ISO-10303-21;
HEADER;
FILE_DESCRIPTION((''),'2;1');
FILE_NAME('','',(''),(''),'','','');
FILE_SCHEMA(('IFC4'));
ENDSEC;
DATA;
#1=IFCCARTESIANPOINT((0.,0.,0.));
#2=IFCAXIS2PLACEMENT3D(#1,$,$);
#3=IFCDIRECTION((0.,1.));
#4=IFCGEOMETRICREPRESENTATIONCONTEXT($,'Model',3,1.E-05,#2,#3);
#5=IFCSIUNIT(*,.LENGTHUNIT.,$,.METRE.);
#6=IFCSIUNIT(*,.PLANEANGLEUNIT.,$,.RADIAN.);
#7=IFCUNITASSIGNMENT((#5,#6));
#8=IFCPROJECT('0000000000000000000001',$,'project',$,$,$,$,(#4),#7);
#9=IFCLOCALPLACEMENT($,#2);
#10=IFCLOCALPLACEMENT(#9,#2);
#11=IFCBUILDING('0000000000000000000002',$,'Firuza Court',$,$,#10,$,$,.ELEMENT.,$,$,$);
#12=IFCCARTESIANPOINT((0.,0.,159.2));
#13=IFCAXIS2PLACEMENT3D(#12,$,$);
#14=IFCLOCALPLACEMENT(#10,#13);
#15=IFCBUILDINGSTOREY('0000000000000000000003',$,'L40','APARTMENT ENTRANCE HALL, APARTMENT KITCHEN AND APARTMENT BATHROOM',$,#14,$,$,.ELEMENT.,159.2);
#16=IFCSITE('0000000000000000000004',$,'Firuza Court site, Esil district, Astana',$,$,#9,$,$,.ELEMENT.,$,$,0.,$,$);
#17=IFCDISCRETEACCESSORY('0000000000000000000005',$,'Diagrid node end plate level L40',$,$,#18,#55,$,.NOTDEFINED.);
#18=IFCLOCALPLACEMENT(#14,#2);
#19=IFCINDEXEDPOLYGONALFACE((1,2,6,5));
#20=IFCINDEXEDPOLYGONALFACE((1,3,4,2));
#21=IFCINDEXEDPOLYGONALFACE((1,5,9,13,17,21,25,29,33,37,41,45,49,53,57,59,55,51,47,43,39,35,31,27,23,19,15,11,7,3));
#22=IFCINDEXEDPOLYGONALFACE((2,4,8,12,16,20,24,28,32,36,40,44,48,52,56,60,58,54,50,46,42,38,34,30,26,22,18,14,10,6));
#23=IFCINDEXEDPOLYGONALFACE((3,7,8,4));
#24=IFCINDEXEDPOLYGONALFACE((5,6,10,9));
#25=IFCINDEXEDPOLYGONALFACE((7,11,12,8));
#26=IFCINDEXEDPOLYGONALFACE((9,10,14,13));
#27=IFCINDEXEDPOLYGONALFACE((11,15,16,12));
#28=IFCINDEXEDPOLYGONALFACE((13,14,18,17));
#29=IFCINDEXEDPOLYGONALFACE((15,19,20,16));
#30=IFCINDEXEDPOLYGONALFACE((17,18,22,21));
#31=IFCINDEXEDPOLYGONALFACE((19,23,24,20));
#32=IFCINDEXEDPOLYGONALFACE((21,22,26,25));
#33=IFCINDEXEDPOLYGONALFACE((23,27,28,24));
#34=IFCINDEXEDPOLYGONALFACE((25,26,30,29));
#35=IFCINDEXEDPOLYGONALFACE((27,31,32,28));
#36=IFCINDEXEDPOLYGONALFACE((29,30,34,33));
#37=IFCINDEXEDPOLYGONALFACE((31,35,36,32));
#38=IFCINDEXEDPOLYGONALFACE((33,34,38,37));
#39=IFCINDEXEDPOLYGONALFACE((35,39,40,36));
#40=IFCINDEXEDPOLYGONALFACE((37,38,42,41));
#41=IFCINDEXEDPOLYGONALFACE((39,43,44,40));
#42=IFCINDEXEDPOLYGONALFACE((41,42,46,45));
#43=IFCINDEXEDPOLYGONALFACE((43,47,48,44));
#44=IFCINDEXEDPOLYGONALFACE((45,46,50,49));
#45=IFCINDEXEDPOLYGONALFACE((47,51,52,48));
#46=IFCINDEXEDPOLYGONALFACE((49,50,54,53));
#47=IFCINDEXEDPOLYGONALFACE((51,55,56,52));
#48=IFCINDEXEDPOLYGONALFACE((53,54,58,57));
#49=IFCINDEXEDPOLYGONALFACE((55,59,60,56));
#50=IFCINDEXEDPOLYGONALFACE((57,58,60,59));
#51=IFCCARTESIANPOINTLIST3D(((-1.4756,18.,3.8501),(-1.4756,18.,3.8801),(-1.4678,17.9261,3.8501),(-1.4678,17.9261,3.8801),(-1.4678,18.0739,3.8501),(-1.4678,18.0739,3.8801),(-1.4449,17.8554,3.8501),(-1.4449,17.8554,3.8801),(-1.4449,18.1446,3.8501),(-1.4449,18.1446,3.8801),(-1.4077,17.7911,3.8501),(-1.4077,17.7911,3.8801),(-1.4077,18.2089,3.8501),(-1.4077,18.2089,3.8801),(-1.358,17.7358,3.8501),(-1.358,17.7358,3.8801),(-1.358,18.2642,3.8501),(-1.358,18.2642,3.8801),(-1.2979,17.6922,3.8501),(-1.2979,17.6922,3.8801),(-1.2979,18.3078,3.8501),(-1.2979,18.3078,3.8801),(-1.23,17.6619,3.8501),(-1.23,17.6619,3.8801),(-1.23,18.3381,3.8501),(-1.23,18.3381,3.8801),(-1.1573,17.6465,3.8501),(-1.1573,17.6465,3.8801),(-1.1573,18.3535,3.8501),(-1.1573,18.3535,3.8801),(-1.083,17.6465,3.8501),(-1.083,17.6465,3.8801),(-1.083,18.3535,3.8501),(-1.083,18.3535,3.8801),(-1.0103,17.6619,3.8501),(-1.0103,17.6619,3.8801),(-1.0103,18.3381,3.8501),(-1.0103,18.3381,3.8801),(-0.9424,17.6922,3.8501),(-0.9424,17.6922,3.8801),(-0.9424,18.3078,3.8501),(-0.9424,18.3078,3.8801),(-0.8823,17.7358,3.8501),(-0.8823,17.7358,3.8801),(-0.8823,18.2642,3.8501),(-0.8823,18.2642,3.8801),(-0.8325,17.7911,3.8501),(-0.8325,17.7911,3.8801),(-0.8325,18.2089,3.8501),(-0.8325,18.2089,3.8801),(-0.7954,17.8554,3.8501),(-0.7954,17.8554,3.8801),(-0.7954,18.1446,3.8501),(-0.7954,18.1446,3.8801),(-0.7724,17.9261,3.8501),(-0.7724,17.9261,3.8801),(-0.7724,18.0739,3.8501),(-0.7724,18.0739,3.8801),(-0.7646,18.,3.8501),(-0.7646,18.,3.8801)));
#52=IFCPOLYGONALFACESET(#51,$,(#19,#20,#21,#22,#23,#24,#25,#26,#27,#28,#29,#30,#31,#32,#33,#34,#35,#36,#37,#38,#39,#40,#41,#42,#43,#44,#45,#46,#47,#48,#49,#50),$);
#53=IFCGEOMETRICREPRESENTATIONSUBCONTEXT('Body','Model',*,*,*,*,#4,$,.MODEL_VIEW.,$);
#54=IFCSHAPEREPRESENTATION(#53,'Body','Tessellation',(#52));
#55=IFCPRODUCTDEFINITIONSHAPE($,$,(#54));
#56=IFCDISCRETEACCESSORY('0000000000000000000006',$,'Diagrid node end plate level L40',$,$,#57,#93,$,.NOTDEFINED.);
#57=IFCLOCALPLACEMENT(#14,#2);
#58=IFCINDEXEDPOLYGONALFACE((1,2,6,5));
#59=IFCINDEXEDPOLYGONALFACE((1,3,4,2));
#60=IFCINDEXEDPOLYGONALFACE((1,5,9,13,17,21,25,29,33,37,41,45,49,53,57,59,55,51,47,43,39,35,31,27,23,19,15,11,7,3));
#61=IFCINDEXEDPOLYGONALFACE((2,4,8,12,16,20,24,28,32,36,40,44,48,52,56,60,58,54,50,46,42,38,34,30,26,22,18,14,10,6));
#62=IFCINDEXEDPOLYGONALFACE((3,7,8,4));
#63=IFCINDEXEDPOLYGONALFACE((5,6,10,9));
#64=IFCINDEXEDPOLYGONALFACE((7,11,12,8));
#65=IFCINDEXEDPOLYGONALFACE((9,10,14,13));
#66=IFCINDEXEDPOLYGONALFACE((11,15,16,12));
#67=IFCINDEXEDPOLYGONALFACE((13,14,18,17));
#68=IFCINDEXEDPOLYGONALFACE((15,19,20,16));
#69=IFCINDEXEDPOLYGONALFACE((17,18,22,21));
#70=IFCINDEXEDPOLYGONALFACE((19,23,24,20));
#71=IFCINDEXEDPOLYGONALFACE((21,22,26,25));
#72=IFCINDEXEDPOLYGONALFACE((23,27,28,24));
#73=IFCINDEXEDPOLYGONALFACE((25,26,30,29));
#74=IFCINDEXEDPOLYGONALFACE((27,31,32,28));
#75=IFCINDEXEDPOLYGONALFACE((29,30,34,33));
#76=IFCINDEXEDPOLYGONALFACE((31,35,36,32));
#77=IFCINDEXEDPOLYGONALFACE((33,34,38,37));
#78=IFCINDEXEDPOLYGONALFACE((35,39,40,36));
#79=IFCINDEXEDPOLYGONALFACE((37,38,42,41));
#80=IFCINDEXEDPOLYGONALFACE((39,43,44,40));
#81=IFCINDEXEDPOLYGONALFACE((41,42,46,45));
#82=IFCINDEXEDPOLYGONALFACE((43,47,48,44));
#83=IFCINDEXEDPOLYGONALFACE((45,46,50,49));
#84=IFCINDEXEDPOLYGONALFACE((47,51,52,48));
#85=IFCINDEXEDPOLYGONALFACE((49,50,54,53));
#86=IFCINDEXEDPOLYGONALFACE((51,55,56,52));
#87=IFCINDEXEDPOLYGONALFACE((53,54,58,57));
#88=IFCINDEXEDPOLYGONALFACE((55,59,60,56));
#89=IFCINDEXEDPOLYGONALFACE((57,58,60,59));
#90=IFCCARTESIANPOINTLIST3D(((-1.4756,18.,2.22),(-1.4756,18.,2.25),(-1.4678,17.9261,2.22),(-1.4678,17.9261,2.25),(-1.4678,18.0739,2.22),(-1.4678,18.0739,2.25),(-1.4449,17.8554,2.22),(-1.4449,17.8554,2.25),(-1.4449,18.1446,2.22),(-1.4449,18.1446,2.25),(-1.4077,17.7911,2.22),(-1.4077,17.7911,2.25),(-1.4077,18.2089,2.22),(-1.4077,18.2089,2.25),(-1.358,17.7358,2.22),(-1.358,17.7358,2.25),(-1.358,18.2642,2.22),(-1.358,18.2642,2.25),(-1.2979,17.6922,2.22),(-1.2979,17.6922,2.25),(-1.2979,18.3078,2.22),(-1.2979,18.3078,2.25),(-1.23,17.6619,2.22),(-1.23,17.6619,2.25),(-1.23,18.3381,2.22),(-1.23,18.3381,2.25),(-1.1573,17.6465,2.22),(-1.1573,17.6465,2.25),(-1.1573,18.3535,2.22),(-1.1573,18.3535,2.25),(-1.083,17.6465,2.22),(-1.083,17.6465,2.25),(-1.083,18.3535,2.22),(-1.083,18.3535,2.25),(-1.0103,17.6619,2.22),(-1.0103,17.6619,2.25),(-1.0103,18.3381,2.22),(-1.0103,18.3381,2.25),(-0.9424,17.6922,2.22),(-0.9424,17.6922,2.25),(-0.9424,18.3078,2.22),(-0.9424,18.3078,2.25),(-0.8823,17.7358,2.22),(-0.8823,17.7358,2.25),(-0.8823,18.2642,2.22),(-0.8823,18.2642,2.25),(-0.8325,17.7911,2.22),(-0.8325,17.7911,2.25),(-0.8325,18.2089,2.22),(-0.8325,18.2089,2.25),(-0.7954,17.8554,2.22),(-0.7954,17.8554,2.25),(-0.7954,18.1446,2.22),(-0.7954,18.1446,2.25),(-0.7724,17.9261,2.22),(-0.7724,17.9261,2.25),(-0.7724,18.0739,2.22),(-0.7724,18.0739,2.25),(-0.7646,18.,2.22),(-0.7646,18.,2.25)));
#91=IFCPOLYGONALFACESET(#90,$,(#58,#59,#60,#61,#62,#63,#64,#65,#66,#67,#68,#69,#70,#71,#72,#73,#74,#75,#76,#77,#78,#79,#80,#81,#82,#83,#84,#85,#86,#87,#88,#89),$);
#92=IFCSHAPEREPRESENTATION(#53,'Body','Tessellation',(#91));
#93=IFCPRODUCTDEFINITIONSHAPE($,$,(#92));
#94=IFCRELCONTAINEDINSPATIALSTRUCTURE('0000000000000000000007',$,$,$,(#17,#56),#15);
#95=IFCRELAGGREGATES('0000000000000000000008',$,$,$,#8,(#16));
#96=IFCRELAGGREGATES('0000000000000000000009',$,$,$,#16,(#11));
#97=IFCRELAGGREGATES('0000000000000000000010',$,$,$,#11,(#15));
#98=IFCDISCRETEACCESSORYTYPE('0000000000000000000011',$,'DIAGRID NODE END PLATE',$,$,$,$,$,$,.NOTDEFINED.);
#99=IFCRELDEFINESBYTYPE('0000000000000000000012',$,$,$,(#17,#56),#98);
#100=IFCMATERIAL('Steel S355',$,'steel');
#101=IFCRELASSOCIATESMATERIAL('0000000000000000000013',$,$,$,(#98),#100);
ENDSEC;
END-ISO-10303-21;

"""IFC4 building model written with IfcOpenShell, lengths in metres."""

from ifc_helpers import new_model, si_unit, direction, frame, origin, origin_2d, place, context, subcontext, project, spatial, circle, extrude, material, material_profile, profile_set, type_object, element, save


model = new_model("IFC4")

# Units and contexts
model_context = context("Model", 3, precision=1e-05, world=origin(), true_north=direction((0.0, 1.0)))
body_context = subcontext(model_context, "Body", "Model", "MODEL_VIEW")
ifc_project = project(units=[si_unit("LENGTHUNIT", "METRE"), si_unit("PLANEANGLEUNIT", "RADIAN")], contexts=[model_context])

# Site, building, storey
site_placement = place(None, origin())
site = spatial("IfcSite", under=ifc_project, at=site_placement, Name="Firuza Court site, Esil district, Astana", CompositionType="ELEMENT", RefElevation=0.0)
building_placement = place(site_placement, origin())
building = spatial("IfcBuilding", under=site, at=building_placement, Name="Firuza Court", CompositionType="ELEMENT")
storey_placement = place(building_placement, frame((0.0, 0.0, 159.2)))
storey = spatial("IfcBuildingStorey", under=building, at=storey_placement, Name="L40", Description="APARTMENT ENTRANCE HALL, APARTMENT KITCHEN AND APARTMENT BATHROOM", CompositionType="ELEMENT", Elevation=159.2)

# Discrete accessories
ifc_material_1 = material(Name="Steel S355", Category="steel")
ifc_material_profile_1 = material_profile(ifc_material_1, circle(Radius=0.3555, at=origin_2d()), Name="PL D711")
ifc_profile_set_1 = profile_set([ifc_material_profile_1], Name="Steel S355")
discrete_accessory_type = type_object("IfcDiscreteAccessoryType", Name="DIAGRID NODE END PLATE", PredefinedType="NOTDEFINED", material=ifc_profile_set_1)
for number, where, z_axis, x_axis, name in (
    (1, (-1.1201, 18.0, 3.8501), (0.0, 0.0, 1.0), (1.0, 0.0, 0.0), "Diagrid node end plate level L40"),
    (2, (-1.1201, 18.0, 2.22), (0.0, 0.0, 1.0), (1.0, 0.0, 0.0), "Diagrid node end plate level L40"),
):
    element("IfcDiscreteAccessory", number, at=place(storey_placement, frame(where, z_axis=z_axis, x_axis=x_axis)), inside=storey, type_object=discrete_accessory_type, Name=name, PredefinedType="NOTDEFINED", context=body_context, shape_type="SweptSolid", body=[
        extrude(circle(Radius=0.3555, at=origin_2d()), origin(), (0.0, 0.0, 1.0), 0.03),
    ])

save(model, "model.ifc")
